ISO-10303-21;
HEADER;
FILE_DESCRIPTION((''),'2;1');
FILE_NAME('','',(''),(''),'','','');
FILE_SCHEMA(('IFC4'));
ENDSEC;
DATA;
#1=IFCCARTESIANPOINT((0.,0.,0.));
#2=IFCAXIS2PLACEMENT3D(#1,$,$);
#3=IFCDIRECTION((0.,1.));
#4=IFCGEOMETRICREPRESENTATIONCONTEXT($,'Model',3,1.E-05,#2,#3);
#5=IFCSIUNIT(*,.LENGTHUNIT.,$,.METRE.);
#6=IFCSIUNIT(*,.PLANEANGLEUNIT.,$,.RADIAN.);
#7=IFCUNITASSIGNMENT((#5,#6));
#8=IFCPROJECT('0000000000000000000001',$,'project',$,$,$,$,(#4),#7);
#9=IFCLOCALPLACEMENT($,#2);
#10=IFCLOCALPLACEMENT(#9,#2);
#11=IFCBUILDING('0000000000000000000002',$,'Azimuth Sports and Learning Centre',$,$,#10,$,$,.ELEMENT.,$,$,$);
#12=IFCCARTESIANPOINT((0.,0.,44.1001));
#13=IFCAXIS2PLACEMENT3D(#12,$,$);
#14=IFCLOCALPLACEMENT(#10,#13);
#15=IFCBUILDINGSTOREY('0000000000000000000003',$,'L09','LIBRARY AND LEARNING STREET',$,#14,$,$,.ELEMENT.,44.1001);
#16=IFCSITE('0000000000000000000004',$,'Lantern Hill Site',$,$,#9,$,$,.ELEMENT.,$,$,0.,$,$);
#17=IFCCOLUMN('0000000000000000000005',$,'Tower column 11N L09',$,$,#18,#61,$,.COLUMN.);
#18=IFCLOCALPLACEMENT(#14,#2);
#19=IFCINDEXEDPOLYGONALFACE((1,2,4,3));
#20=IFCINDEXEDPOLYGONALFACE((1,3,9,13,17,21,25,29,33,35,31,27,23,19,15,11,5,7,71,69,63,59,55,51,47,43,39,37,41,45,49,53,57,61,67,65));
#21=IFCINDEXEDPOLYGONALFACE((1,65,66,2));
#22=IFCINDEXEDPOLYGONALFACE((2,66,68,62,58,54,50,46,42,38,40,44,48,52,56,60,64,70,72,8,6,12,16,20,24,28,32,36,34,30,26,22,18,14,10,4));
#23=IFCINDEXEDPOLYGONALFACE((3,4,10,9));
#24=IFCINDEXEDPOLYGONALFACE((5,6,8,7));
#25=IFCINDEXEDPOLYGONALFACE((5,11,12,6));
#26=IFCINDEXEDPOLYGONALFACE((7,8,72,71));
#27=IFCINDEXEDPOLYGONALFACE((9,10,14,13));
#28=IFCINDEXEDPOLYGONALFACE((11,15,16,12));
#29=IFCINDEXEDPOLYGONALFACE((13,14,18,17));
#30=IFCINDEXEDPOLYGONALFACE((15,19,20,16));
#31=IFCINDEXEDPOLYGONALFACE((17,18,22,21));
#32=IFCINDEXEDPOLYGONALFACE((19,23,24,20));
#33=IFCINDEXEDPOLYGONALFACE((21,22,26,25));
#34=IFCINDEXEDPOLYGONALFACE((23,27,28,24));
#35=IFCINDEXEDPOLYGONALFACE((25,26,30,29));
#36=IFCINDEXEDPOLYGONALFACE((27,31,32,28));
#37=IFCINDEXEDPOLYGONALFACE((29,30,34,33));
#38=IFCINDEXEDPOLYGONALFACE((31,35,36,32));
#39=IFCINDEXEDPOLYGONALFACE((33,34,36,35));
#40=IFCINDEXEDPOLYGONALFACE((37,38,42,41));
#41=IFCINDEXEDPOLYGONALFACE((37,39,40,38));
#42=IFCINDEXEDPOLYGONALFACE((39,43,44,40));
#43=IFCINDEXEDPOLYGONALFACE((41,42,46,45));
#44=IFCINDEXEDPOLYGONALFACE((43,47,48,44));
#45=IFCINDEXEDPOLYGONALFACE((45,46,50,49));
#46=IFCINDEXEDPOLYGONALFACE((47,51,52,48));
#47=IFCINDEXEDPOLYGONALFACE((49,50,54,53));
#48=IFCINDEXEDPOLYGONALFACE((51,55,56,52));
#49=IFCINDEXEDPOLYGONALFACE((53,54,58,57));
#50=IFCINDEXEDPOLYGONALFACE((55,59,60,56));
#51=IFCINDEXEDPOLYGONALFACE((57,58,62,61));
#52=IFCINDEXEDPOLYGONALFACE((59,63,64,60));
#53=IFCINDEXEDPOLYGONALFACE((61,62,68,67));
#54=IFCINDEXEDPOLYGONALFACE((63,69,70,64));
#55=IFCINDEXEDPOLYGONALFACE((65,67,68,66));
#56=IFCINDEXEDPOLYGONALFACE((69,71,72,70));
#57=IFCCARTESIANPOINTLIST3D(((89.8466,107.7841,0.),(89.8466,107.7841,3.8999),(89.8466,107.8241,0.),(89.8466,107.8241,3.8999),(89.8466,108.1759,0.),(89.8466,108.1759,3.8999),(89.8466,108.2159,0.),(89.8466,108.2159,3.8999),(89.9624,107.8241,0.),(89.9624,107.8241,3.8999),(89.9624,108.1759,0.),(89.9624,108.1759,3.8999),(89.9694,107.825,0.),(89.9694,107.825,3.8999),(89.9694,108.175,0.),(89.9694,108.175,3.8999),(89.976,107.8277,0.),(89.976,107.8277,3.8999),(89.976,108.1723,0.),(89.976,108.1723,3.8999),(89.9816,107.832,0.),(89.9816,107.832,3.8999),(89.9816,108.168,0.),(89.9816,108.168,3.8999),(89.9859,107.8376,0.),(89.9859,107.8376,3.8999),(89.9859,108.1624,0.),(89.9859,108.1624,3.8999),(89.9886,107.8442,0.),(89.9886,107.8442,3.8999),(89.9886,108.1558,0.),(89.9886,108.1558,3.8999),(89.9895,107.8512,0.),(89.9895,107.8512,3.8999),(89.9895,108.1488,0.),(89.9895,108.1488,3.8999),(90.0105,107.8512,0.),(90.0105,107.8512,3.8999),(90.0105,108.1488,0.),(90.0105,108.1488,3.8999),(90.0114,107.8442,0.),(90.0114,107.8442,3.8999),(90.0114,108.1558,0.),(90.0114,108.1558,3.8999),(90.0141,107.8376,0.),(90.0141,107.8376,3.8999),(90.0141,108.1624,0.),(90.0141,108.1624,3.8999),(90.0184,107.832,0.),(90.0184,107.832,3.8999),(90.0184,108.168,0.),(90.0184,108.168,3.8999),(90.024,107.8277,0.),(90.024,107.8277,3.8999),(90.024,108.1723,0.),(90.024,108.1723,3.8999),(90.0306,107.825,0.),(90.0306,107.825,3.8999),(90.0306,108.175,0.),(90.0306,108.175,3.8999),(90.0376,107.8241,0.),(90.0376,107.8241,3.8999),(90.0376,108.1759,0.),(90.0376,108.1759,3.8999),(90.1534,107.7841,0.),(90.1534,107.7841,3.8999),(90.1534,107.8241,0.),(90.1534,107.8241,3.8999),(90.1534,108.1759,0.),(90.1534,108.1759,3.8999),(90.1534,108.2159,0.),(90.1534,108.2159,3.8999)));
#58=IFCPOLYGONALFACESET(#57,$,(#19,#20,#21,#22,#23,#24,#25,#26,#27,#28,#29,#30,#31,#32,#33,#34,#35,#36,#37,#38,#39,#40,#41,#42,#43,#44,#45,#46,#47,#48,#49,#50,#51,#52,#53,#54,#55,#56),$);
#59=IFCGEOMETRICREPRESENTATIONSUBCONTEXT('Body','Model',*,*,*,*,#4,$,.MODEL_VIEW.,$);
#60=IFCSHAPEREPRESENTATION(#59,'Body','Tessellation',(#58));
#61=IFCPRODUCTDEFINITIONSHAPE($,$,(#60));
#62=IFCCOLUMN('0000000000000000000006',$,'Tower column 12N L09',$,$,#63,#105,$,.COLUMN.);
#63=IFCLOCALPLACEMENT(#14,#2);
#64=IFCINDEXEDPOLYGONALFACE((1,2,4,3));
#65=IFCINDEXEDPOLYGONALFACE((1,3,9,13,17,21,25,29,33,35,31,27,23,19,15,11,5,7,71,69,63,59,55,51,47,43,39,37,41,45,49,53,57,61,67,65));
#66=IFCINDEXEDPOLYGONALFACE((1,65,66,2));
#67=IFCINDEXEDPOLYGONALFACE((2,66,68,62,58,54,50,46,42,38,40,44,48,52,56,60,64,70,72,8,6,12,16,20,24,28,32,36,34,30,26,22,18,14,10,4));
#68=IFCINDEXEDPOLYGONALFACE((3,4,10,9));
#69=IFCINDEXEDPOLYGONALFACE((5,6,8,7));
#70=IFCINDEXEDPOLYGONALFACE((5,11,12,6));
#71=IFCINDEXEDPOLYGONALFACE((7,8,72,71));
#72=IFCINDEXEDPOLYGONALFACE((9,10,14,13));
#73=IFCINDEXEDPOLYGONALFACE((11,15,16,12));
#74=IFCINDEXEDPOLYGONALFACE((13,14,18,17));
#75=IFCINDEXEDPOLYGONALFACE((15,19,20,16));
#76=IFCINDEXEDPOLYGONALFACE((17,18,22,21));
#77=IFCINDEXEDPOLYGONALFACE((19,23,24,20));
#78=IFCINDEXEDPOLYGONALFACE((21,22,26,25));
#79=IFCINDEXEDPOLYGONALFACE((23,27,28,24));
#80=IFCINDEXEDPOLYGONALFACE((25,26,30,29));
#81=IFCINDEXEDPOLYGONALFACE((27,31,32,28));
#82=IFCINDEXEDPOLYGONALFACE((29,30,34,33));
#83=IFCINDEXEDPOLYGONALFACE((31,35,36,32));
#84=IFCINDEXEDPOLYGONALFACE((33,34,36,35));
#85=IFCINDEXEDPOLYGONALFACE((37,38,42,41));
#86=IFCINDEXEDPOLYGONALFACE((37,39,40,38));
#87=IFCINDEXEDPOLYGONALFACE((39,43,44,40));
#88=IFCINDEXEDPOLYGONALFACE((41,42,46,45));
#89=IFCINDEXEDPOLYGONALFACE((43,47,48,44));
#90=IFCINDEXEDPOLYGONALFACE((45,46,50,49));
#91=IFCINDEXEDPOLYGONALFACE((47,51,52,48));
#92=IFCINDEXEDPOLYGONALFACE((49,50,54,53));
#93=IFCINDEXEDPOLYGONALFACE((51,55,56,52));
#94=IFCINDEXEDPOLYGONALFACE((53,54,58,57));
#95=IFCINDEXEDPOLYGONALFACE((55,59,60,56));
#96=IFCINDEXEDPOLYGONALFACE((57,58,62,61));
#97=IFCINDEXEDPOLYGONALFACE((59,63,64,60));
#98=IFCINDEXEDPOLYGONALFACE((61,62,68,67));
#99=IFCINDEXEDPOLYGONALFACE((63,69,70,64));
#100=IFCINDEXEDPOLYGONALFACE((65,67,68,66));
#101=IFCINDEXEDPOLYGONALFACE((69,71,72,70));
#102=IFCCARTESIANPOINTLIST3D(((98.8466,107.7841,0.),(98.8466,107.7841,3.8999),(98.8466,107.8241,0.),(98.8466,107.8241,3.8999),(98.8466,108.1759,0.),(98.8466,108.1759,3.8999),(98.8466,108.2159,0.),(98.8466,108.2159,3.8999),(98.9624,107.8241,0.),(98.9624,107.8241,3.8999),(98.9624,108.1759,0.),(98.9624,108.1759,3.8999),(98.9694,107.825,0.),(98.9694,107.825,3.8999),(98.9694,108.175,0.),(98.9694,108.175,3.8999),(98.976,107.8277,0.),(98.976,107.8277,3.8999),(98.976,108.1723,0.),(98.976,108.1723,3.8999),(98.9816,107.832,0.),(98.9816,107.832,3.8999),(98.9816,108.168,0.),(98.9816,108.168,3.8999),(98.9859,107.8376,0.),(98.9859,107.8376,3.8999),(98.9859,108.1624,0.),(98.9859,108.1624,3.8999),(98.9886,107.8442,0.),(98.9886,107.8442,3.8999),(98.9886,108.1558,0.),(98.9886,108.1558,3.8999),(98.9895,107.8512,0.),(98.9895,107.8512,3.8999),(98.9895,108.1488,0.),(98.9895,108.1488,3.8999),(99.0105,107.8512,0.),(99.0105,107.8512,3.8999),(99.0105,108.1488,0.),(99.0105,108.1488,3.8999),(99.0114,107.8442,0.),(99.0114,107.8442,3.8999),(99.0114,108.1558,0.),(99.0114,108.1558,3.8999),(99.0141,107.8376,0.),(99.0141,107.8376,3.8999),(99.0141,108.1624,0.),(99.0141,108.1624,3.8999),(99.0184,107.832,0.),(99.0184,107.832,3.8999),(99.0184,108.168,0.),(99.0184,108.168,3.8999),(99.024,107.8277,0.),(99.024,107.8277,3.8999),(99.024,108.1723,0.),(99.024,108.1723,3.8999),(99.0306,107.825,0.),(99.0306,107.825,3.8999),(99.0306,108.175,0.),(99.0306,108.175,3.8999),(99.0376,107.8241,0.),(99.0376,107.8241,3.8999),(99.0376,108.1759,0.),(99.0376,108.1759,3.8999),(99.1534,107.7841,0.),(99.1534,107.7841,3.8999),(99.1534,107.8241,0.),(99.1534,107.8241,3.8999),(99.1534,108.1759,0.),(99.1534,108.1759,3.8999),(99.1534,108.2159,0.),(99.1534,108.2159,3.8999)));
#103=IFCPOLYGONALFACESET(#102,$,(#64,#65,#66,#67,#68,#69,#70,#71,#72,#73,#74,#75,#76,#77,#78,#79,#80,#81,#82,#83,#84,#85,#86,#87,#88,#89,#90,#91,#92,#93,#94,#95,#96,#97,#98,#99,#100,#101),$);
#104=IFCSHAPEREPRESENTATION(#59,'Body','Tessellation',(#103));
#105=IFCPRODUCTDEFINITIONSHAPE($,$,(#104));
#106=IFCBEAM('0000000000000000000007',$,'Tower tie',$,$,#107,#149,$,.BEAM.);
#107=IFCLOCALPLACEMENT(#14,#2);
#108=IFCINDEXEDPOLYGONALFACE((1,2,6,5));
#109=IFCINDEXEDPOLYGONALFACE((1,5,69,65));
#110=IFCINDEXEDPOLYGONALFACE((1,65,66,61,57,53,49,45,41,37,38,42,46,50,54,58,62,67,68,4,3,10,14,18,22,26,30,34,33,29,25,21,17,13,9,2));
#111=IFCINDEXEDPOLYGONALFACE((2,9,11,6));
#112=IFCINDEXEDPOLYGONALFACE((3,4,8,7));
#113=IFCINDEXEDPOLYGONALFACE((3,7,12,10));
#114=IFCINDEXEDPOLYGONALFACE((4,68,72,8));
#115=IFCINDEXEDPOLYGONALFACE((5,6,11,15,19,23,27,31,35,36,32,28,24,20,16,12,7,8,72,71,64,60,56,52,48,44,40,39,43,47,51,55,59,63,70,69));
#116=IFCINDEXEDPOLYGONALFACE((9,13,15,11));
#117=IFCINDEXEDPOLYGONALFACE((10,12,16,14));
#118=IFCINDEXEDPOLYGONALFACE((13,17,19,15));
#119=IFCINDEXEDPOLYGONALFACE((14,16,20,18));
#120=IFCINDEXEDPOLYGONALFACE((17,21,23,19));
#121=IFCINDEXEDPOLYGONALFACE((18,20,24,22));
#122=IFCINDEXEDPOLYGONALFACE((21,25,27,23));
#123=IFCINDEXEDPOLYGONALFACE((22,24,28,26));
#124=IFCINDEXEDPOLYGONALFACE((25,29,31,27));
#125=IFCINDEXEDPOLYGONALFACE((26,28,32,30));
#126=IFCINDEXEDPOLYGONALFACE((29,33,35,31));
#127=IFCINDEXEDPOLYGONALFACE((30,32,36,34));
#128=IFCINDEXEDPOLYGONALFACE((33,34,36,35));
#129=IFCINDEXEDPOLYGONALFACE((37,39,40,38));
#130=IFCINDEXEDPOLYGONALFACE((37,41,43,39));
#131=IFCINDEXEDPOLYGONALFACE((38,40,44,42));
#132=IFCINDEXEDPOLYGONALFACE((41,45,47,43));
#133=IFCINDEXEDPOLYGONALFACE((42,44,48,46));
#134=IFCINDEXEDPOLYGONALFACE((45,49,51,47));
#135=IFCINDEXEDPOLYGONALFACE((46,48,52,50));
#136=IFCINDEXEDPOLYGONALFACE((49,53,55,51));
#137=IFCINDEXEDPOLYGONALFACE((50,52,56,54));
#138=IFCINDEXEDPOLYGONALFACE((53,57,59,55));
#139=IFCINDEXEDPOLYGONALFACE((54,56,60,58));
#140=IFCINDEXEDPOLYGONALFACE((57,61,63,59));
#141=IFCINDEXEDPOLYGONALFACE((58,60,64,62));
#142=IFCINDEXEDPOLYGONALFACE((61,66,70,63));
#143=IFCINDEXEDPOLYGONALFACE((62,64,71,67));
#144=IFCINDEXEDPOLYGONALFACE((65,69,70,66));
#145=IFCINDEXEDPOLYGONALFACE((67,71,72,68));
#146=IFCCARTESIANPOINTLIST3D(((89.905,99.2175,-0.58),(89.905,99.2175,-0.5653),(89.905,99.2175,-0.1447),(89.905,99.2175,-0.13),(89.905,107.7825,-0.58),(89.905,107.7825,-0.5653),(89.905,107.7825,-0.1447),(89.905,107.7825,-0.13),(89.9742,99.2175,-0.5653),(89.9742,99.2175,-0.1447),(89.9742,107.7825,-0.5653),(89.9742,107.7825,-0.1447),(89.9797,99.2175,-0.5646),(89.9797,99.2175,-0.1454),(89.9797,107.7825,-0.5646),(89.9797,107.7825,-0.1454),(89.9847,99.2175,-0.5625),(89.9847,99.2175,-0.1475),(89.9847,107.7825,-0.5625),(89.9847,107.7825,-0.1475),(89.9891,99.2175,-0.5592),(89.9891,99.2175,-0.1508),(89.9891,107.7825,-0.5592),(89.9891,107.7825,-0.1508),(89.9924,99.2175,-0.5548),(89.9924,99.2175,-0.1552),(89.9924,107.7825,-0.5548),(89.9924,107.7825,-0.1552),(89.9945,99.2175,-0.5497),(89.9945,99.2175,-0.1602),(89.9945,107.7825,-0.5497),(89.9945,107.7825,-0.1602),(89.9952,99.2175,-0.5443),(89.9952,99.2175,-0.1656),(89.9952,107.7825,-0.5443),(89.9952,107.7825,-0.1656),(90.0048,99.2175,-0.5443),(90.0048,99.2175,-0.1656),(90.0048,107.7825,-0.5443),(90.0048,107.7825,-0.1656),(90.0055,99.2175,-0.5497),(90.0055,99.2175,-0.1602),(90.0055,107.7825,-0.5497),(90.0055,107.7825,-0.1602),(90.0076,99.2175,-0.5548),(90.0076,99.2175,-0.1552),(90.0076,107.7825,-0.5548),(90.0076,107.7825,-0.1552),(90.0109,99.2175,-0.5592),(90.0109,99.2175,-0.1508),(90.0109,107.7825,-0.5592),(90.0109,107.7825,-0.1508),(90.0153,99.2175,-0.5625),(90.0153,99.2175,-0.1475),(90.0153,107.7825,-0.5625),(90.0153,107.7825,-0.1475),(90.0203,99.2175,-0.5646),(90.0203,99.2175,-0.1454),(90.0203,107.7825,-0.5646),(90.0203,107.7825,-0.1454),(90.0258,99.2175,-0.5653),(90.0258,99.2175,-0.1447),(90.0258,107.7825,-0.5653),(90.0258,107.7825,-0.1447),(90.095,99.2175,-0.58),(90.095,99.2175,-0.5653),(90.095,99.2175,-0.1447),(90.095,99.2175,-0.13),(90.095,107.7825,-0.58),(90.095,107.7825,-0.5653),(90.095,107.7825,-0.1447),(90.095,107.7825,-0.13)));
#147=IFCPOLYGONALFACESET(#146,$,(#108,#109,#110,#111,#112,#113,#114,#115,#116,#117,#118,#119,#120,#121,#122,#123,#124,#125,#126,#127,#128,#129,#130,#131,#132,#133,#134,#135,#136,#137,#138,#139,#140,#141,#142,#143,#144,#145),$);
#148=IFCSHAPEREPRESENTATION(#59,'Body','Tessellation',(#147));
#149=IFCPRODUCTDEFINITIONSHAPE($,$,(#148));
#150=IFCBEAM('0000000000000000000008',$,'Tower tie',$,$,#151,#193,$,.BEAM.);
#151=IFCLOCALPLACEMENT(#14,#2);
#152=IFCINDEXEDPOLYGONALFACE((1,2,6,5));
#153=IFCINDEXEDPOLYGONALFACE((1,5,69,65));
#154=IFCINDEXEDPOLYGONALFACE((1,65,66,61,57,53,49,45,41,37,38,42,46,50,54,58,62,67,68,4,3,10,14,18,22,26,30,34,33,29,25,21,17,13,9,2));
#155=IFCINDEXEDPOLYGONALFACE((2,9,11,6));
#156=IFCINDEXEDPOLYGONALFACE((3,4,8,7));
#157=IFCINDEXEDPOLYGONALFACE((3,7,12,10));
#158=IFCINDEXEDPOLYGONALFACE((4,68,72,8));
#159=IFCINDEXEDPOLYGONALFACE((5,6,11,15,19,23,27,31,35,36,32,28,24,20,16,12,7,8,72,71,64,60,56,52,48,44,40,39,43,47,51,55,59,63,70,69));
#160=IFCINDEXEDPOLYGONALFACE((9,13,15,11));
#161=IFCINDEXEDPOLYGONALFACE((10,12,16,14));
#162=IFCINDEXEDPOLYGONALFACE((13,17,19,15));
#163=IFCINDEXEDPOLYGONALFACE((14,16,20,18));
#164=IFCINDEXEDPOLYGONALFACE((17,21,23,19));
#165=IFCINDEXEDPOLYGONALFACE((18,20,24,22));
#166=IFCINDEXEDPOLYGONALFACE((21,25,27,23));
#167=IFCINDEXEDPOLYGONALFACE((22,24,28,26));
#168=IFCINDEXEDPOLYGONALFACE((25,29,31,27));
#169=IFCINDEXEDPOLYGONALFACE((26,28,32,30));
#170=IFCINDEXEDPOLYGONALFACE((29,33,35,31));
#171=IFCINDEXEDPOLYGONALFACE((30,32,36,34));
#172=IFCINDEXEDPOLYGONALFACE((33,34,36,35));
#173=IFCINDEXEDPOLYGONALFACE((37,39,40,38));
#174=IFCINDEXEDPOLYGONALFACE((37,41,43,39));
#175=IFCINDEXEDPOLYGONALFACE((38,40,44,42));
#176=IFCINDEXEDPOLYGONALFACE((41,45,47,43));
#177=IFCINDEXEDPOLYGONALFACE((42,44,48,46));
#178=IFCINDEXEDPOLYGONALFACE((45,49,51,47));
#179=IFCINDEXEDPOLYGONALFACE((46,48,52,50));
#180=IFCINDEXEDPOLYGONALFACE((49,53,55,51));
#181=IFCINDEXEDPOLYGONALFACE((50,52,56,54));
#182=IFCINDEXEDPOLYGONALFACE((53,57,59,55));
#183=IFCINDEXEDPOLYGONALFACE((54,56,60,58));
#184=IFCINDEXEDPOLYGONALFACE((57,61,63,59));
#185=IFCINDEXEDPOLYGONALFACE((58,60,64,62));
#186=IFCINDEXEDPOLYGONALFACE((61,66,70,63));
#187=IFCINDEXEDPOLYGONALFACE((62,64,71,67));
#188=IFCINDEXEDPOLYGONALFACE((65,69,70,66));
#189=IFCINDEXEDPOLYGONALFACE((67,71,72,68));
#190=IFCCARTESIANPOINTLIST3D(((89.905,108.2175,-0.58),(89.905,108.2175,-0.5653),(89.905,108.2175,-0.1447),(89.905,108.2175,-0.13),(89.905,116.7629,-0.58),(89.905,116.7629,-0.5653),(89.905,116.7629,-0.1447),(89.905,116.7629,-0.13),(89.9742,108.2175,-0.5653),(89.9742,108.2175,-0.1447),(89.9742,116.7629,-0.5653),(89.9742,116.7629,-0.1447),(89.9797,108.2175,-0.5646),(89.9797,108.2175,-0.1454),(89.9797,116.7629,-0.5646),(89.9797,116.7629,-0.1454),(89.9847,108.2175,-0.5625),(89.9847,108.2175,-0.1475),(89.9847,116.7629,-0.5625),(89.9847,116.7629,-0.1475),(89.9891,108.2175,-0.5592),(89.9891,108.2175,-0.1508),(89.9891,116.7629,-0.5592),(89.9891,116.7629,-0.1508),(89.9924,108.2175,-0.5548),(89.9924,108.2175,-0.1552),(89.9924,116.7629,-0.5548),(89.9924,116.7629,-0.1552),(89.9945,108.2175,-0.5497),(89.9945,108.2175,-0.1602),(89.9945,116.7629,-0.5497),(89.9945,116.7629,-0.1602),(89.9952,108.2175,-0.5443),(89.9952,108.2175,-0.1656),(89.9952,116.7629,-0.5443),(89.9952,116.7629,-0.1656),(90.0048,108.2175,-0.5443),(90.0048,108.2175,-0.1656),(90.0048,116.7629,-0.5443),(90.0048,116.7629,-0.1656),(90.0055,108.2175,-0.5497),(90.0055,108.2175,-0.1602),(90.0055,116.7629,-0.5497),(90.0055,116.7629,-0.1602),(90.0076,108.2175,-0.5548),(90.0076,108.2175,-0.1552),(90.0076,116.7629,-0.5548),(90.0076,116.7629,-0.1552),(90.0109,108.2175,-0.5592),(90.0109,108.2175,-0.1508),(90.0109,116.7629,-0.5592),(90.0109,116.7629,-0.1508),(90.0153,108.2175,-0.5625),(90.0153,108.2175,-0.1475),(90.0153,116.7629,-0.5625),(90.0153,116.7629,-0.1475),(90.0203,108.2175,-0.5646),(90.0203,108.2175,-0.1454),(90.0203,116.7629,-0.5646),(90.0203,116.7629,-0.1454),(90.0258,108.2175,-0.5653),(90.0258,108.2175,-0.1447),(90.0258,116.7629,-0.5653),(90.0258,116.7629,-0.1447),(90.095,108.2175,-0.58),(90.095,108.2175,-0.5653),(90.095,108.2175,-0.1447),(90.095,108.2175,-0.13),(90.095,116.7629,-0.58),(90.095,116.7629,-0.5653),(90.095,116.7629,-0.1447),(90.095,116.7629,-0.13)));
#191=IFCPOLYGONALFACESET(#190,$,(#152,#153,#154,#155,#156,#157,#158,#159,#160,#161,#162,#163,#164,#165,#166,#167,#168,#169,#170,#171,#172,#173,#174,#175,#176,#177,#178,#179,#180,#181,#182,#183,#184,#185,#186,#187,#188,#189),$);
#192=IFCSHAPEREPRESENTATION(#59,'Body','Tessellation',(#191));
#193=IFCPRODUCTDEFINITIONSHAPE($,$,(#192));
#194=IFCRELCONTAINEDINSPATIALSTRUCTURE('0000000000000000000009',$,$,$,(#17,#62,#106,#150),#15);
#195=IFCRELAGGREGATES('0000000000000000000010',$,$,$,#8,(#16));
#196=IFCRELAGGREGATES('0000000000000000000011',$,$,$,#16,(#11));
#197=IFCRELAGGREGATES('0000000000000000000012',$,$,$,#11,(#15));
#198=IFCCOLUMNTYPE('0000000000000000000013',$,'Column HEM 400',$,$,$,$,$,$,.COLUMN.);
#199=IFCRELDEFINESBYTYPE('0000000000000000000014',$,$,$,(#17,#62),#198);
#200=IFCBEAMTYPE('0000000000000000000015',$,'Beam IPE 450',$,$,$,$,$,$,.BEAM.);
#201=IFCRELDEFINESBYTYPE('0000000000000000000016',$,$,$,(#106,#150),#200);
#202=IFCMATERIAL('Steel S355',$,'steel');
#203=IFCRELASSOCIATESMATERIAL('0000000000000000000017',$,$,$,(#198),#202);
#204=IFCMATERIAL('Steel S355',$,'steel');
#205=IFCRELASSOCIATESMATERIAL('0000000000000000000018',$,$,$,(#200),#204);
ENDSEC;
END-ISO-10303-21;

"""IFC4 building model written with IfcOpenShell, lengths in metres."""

from ifc_helpers import new_model, si_unit, direction, frame, origin, origin_2d, place, context, subcontext, project, spatial, i_section, extrude, material, material_profile, profile_set, type_object, element, save


model = new_model("IFC4")

# Units and contexts
model_context = context("Model", 3, precision=1e-05, world=origin(), true_north=direction((0.0, 1.0)))
body_context = subcontext(model_context, "Body", "Model", "MODEL_VIEW")
ifc_project = project(units=[si_unit("LENGTHUNIT", "METRE"), si_unit("PLANEANGLEUNIT", "RADIAN")], contexts=[model_context])

# Site, building, storey
site_placement = place(None, origin())
site = spatial("IfcSite", under=ifc_project, at=site_placement, Name="Lantern Hill Site", CompositionType="ELEMENT", RefElevation=0.0)
building_placement = place(site_placement, origin())
building = spatial("IfcBuilding", under=site, at=building_placement, Name="Azimuth Sports and Learning Centre", CompositionType="ELEMENT")
storey_placement = place(building_placement, frame((0.0, 0.0, 44.1001)))
storey = spatial("IfcBuildingStorey", under=building, at=storey_placement, Name="L09", Description="LIBRARY AND LEARNING STREET", CompositionType="ELEMENT", Elevation=44.1001)

# Columns
ifc_material_1 = material(Name="Steel S355", Category="steel")
ifc_material_profile_1 = material_profile(ifc_material_1, i_section(OverallWidth=0.3069, OverallDepth=0.4319, WebThickness=0.021, FlangeThickness=0.04, FilletRadius=0.0271, at=origin_2d()), Name="HEM 400")
ifc_profile_set_1 = profile_set([ifc_material_profile_1], Name="Steel S355")
column_type = type_object("IfcColumnType", Name="Column HEM 400", PredefinedType="COLUMN", material=ifc_profile_set_1)
for number, where, z_axis, x_axis, name in (
    (1, (90.0, 108.0, 0.0), (0.0, 0.0, 1.0), (1.0, 0.0, 0.0), "Tower column 11N L09"),
    (2, (99.0, 108.0, 0.0), (0.0, 0.0, 1.0), (1.0, 0.0, 0.0), "Tower column 12N L09"),
):
    element("IfcColumn", number, at=place(storey_placement, frame(where, z_axis=z_axis, x_axis=x_axis)), inside=storey, type_object=column_type, Name=name, PredefinedType="COLUMN", context=body_context, shape_type="SweptSolid", body=[
        extrude(i_section(OverallWidth=0.3069, OverallDepth=0.4319, WebThickness=0.021, FlangeThickness=0.04, FilletRadius=0.0271, at=origin_2d()), origin(), (0.0, 0.0, 1.0), 3.8999),
    ])

# Beams
ifc_material_2 = material(Name="Steel S355", Category="steel")
ifc_material_profile_2 = material_profile(ifc_material_2, i_section(OverallWidth=0.1899, OverallDepth=0.45, WebThickness=0.0095, FlangeThickness=0.0146, FilletRadius=0.021, at=origin_2d()), Name="IPE 450")
ifc_profile_set_2 = profile_set([ifc_material_profile_2], Name="Steel S355")
beam_type_1 = type_object("IfcBeamType", Name="Beam IPE 450", PredefinedType="BEAM", material=ifc_profile_set_2)
beam_1_placement = place(storey_placement, frame((90.0, 99.2175, -0.355), z_axis=(0.0, 1.0, 0.0), x_axis=(-1.0, 0.0, 0.0)))
element("IfcBeam", 3, at=beam_1_placement, inside=storey, type_object=beam_type_1, Name="Tower tie", PredefinedType="BEAM", context=body_context, shape_type="SweptSolid", body=[
    extrude(i_section(OverallWidth=0.1899, OverallDepth=0.45, WebThickness=0.0095, FlangeThickness=0.0146, FilletRadius=0.021, at=origin_2d()), origin(), (0.0, 0.0, 1.0), 8.5649),
])
beam_2_placement = place(storey_placement, frame((90.0, 108.2175, -0.355), z_axis=(0.0, 1.0, 0.0), x_axis=(-1.0, 0.0, 0.0)))
element("IfcBeam", 4, at=beam_2_placement, inside=storey, type_object=beam_type_1, Name="Tower tie", PredefinedType="BEAM", context=body_context, shape_type="SweptSolid", body=[
    extrude(i_section(OverallWidth=0.1899, OverallDepth=0.45, WebThickness=0.0095, FlangeThickness=0.0146, FilletRadius=0.021, at=origin_2d()), origin(), (0.0, 0.0, 1.0), 8.5454),
])

save(model, "model.ifc")
